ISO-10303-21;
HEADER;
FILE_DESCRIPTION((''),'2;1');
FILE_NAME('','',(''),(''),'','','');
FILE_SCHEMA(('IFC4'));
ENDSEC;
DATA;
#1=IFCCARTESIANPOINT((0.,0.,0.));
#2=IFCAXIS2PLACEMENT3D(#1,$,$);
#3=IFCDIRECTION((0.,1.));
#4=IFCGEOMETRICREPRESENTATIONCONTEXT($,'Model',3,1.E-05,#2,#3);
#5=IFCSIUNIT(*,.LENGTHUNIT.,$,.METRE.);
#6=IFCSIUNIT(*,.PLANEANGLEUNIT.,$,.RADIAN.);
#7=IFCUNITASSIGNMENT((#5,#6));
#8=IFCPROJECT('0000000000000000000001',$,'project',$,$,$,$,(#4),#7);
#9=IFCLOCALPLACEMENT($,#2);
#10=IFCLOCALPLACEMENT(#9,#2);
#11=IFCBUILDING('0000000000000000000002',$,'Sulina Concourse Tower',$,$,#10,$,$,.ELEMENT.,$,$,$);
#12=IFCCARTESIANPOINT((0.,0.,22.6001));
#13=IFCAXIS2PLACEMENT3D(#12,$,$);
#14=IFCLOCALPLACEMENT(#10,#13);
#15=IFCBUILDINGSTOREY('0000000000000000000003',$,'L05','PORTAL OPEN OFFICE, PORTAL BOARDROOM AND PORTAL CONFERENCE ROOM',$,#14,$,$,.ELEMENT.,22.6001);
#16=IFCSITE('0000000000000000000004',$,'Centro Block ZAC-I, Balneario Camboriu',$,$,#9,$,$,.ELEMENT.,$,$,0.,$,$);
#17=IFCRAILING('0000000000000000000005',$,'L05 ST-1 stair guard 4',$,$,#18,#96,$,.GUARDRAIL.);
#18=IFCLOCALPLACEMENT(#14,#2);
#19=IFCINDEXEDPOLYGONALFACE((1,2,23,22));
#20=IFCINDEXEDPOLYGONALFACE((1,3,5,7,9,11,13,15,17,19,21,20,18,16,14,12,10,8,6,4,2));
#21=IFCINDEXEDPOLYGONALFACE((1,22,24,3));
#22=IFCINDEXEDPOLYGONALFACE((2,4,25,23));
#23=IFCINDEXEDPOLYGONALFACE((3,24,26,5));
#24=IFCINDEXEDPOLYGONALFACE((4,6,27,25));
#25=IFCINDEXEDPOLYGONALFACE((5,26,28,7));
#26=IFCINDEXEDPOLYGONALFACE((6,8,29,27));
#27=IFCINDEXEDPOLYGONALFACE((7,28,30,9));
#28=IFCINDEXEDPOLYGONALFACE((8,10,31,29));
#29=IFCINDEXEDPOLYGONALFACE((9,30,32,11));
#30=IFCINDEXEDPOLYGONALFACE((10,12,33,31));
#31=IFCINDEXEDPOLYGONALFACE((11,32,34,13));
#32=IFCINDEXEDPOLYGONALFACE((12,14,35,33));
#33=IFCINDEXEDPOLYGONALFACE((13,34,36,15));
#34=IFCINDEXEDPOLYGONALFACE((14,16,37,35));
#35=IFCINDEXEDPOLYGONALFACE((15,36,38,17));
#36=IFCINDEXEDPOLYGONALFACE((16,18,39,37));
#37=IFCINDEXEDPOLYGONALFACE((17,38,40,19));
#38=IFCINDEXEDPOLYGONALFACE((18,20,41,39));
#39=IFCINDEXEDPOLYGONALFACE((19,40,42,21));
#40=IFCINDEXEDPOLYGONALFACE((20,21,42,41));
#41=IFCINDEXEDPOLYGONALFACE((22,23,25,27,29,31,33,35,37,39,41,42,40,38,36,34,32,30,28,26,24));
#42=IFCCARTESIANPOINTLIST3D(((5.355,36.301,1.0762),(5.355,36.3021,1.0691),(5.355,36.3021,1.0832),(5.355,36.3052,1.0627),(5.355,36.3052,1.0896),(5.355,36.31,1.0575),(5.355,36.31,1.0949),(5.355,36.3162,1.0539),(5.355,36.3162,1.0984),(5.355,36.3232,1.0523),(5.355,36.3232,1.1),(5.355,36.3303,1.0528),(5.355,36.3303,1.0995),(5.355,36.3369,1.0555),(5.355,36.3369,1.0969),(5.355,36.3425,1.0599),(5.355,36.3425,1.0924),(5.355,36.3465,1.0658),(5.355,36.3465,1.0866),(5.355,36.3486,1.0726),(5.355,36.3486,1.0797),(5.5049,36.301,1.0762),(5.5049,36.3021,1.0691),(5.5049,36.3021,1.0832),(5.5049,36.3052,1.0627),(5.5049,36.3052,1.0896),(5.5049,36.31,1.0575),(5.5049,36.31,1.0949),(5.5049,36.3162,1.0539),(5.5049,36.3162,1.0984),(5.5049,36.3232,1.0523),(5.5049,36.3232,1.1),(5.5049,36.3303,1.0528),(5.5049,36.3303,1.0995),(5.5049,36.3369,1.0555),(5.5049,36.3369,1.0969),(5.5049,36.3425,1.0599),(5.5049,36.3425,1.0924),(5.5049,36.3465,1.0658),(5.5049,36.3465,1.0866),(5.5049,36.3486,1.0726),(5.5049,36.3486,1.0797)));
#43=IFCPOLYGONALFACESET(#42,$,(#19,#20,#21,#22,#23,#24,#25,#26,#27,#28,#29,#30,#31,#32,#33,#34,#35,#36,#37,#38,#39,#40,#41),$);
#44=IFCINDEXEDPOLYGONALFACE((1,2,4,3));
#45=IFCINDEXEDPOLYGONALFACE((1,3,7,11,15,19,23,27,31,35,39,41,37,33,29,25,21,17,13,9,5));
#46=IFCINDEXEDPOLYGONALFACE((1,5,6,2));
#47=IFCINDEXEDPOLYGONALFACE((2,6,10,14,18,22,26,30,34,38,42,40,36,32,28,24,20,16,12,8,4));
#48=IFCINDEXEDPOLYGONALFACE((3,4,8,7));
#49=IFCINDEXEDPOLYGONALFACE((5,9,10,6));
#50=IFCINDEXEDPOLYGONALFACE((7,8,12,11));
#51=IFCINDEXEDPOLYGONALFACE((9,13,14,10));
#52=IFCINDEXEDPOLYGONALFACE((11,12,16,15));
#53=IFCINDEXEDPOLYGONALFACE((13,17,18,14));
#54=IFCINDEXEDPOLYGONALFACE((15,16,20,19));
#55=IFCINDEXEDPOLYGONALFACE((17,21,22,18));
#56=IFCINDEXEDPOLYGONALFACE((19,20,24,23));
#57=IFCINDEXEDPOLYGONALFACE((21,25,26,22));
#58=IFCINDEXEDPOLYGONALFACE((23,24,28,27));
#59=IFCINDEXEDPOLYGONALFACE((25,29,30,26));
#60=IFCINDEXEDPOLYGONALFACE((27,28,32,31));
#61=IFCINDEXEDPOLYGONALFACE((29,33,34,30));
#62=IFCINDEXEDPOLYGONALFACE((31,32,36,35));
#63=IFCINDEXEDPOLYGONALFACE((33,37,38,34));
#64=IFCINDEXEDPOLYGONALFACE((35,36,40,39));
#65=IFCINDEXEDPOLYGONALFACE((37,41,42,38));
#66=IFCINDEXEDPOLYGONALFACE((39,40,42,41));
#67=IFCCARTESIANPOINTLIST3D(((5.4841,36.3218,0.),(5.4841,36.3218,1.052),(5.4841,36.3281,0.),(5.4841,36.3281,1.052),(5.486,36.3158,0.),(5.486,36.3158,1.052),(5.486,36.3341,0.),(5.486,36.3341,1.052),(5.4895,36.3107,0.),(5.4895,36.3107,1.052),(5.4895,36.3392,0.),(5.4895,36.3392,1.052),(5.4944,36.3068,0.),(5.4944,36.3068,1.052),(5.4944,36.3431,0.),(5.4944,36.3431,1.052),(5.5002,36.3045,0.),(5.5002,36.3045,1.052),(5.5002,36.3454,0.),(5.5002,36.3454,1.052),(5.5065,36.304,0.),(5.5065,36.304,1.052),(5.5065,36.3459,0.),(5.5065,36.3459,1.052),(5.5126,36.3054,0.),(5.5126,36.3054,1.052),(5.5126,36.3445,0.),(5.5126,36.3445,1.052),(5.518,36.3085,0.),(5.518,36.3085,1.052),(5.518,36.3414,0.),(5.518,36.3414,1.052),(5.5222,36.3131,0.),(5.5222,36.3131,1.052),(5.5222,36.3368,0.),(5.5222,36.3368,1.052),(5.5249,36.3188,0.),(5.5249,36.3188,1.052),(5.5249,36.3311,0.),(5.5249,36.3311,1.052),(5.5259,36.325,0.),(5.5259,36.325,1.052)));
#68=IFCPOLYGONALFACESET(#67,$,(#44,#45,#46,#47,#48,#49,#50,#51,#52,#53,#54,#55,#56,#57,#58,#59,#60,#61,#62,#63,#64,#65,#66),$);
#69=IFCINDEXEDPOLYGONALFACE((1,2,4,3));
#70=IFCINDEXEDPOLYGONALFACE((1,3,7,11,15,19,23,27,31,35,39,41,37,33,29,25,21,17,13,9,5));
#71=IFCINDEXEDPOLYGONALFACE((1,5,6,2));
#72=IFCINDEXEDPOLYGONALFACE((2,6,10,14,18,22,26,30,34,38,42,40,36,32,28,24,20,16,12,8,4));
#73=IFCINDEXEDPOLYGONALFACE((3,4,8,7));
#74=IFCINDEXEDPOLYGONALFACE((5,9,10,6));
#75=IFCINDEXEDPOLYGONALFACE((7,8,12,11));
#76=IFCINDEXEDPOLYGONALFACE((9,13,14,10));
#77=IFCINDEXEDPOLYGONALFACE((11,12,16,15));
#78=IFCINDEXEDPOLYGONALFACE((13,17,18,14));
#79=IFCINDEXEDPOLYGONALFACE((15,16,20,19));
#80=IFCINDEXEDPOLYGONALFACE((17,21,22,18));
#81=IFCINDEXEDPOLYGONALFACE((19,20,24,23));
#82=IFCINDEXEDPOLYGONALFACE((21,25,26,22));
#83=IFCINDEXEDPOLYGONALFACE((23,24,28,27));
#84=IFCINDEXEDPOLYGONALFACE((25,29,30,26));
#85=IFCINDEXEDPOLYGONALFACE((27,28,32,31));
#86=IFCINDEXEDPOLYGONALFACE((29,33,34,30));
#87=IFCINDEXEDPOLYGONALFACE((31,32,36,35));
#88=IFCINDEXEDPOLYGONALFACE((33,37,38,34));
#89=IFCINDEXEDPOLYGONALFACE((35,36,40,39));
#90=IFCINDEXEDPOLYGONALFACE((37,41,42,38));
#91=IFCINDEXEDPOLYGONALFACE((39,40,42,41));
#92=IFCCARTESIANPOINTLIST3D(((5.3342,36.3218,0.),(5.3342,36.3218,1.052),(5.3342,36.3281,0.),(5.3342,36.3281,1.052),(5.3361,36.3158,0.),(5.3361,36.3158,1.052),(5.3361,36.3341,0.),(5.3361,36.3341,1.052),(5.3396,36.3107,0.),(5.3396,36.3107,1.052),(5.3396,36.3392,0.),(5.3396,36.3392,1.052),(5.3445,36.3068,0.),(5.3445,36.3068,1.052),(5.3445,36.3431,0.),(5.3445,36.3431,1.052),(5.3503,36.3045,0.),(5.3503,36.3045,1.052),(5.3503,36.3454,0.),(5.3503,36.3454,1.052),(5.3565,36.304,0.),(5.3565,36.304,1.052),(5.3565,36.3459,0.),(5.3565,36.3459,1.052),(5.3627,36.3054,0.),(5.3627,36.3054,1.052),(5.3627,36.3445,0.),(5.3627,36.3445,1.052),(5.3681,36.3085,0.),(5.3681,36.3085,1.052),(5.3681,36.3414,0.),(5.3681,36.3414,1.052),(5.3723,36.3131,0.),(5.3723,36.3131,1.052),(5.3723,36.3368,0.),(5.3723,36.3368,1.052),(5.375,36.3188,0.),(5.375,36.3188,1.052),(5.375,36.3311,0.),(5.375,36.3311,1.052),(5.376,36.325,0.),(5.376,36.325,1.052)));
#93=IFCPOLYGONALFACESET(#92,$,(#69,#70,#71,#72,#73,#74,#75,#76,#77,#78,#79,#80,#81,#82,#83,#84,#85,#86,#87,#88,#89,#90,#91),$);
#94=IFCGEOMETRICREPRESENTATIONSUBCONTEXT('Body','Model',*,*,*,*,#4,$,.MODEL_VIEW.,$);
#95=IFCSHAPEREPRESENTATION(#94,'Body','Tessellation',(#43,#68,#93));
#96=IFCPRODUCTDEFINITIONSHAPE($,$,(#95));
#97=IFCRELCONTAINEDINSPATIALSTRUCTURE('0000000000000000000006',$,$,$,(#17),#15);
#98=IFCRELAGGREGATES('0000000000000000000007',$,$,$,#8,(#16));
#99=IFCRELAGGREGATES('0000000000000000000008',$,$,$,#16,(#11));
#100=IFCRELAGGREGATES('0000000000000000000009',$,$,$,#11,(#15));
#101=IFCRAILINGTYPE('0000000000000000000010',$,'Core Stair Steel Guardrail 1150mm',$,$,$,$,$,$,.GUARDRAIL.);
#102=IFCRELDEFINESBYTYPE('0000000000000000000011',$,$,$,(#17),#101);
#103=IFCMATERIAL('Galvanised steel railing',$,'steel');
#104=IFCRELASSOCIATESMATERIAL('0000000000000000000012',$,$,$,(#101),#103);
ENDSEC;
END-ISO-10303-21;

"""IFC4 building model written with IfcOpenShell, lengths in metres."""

from ifc_helpers import new_model, si_unit, direction, frame, origin, origin_2d, place, context, subcontext, project, spatial, circle, extrude, material, type_object, element, save


model = new_model("IFC4")

# Units and contexts
model_context = context("Model", 3, precision=1e-05, world=origin(), true_north=direction((0.0, 1.0)))
body_context = subcontext(model_context, "Body", "Model", "MODEL_VIEW")
ifc_project = project(units=[si_unit("LENGTHUNIT", "METRE"), si_unit("PLANEANGLEUNIT", "RADIAN")], contexts=[model_context])

# Site, building, storey
site_placement = place(None, origin())
site = spatial("IfcSite", under=ifc_project, at=site_placement, Name="Centro Block ZAC-I, Balneario Camboriu", CompositionType="ELEMENT", RefElevation=0.0)
building_placement = place(site_placement, origin())
building = spatial("IfcBuilding", under=site, at=building_placement, Name="Sulina Concourse Tower", CompositionType="ELEMENT")
storey_placement = place(building_placement, frame((0.0, 0.0, 22.6001)))
storey = spatial("IfcBuildingStorey", under=building, at=storey_placement, Name="L05", Description="PORTAL OPEN OFFICE, PORTAL BOARDROOM AND PORTAL CONFERENCE ROOM", CompositionType="ELEMENT", Elevation=22.6001)

# Railing
ifc_material_1 = material(Name="Galvanised steel railing", Category="steel")
railing_type_1 = type_object("IfcRailingType", Name="Core Stair Steel Guardrail 1150mm", PredefinedType="GUARDRAIL", material=ifc_material_1)
railing_1_placement = place(storey_placement, frame((5.5049, 36.325, 0.0)))
element("IfcRailing", 1, at=railing_1_placement, inside=storey, type_object=railing_type_1, Name="L05 ST-1 stair guard 4", PredefinedType="GUARDRAIL", context=body_context, shape_type="SweptSolid", body=[
    extrude(circle(Radius=0.0239, at=origin_2d()), frame((0.0, 0.0, 1.0762), z_axis=(-1.0, 0.0, 0.0), x_axis=(0.0, -1.0, 0.0)), (0.0, 0.0, 1.0), 0.1499),
    extrude(circle(Radius=0.021, at=origin_2d()), origin(), (0.0, 0.0, 1.0), 1.052),
    extrude(circle(Radius=0.021, at=origin_2d()), frame((-0.1499, 0.0, 0.0)), (0.0, 0.0, 1.0), 1.052),
])

save(model, "model.ifc")
